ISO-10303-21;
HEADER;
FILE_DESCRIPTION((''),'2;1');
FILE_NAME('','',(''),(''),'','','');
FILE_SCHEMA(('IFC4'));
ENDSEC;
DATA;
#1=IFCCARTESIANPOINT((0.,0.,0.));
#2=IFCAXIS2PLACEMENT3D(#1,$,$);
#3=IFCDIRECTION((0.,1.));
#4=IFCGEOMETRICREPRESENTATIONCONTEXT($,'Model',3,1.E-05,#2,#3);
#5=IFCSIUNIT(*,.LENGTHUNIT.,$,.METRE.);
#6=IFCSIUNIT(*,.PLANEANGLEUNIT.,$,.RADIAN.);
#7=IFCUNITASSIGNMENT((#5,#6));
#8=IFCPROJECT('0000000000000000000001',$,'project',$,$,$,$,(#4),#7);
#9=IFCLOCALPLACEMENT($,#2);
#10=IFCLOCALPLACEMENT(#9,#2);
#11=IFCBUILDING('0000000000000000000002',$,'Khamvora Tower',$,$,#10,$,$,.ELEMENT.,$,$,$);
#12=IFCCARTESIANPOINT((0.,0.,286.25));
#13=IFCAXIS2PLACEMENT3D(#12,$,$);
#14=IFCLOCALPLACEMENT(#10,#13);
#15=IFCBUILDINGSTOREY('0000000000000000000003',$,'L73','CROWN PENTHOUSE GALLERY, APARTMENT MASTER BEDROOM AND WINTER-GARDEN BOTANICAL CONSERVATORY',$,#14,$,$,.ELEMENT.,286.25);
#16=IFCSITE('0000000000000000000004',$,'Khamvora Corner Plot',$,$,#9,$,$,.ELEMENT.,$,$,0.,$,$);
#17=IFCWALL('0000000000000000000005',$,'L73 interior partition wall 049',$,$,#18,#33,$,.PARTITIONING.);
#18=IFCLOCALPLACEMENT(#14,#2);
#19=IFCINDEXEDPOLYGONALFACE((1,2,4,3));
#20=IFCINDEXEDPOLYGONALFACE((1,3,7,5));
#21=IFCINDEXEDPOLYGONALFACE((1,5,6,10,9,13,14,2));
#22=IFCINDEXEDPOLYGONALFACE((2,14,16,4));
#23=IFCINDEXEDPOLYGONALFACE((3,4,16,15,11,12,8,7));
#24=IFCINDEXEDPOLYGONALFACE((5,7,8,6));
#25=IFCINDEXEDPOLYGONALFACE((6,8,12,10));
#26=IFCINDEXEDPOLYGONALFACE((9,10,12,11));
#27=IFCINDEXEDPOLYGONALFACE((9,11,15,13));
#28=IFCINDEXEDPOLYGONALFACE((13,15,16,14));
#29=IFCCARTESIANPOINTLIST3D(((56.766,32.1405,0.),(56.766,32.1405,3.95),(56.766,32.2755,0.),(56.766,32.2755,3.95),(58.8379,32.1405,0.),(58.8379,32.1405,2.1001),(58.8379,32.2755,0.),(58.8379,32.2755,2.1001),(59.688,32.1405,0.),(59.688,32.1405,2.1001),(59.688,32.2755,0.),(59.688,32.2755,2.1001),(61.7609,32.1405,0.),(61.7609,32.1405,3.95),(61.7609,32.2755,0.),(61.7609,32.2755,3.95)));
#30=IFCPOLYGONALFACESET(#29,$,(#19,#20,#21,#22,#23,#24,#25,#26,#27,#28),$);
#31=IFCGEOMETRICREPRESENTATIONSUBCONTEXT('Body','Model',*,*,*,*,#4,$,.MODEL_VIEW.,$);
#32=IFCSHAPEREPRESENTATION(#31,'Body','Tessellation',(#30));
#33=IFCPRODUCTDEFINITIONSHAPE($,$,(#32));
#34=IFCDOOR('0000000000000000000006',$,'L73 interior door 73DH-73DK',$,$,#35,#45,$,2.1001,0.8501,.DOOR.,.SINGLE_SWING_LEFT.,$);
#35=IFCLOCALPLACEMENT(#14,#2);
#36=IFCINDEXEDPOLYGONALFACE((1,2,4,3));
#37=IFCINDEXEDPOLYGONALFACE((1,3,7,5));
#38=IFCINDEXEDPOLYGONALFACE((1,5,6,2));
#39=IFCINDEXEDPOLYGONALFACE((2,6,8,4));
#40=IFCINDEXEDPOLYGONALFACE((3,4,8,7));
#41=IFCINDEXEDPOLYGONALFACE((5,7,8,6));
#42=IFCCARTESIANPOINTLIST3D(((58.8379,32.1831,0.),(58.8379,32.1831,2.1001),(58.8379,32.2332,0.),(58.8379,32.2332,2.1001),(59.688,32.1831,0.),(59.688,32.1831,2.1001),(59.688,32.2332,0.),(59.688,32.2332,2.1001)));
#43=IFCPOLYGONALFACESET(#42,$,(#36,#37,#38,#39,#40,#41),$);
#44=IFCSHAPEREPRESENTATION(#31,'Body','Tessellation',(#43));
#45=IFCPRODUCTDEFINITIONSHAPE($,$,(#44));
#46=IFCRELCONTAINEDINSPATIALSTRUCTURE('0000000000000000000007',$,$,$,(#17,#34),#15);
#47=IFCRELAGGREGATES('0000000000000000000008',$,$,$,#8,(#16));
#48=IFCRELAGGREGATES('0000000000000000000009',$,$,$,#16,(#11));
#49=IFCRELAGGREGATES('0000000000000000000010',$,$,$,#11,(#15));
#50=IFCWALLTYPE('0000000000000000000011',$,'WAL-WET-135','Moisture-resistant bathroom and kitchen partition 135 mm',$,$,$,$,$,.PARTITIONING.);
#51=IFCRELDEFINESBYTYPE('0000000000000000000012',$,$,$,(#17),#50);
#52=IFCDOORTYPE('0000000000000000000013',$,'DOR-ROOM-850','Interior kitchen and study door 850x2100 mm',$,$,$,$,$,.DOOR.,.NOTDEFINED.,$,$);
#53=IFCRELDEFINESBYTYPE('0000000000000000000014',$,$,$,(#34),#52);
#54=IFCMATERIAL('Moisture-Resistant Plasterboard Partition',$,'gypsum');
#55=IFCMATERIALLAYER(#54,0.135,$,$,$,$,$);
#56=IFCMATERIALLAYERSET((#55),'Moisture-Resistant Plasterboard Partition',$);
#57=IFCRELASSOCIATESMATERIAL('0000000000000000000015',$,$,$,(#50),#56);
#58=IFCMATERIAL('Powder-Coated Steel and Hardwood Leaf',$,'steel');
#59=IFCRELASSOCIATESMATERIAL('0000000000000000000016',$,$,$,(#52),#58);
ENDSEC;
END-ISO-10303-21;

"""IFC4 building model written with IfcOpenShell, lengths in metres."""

from ifc_helpers import new_model, si_unit, direction, frame, frame_2d, origin, place, context, subcontext, project, spatial, rectangle, extrude, material, layer, layer_set, type_object, element, fill, save


model = new_model("IFC4")

# Units and contexts
model_context = context("Model", 3, precision=1e-05, world=origin(), true_north=direction((0.0, 1.0)))
body_context = subcontext(model_context, "Body", "Model", "MODEL_VIEW")
ifc_project = project(units=[si_unit("LENGTHUNIT", "METRE"), si_unit("PLANEANGLEUNIT", "RADIAN")], contexts=[model_context])

# Site, building, storey
site_placement = place(None, origin())
site = spatial("IfcSite", under=ifc_project, at=site_placement, Name="Khamvora Corner Plot", CompositionType="ELEMENT", RefElevation=0.0)
building_placement = place(site_placement, origin())
building = spatial("IfcBuilding", under=site, at=building_placement, Name="Khamvora Tower", CompositionType="ELEMENT")
storey_placement = place(building_placement, frame((0.0, 0.0, 286.25)))
storey = spatial("IfcBuildingStorey", under=building, at=storey_placement, Name="L73", Description="CROWN PENTHOUSE GALLERY, APARTMENT MASTER BEDROOM AND WINTER-GARDEN BOTANICAL CONSERVATORY", CompositionType="ELEMENT", Elevation=286.25)

# Wall, opening, door
ifc_material_1 = material(Name="Powder-Coated Steel and Hardwood Leaf", Category="steel")
ifc_material_2 = material(Name="Moisture-Resistant Plasterboard Partition", Category="gypsum")
ifc_layer_1 = layer(ifc_material_2, 0.135)
ifc_layer_set_1 = layer_set([ifc_layer_1], Name="Moisture-Resistant Plasterboard Partition")
wall_type_1 = type_object("IfcWallType", Name="WAL-WET-135", Description="Moisture-resistant bathroom and kitchen partition 135 mm", PredefinedType="PARTITIONING", material=ifc_layer_set_1)
wall_1_placement = place(storey_placement, frame((61.761, 32.208, 0.0), z_axis=(0.0, 0.0, 1.0), x_axis=(-1.0, 0.0, 0.0)))
wall_1 = element("IfcWall", 1, at=wall_1_placement, inside=storey, type_object=wall_type_1, Name="L73 interior partition wall 049", PredefinedType="PARTITIONING", context=body_context, shape_type="SweptSolid", body=[
    extrude(rectangle(XDim=4.9949, YDim=0.135, at=frame_2d((2.4976, 0.0))), origin(), (0.0, 0.0, 1.0), 3.95),
])
opening_1_placement = place(wall_1_placement, frame((2.073, 0.0, 0.0)))
opening_1 = element("IfcOpeningElement", 2, at=opening_1_placement, cuts=wall_1, PredefinedType="OPENING", context=body_context, shape_type="SweptSolid", body=[
    extrude(rectangle(XDim=0.8501, YDim=2.1001, at=frame_2d((0.425, 1.05))), frame((0.0, 0.0774, 0.0), z_axis=(0.0, -1.0, 0.0), x_axis=(1.0, 0.0, 0.0)), (0.0, 0.0, 1.0), 0.155),
])
door_type_1 = type_object("IfcDoorType", Name="DOR-ROOM-850", Description="Interior kitchen and study door 850x2100 mm", OperationType="NOTDEFINED", PredefinedType="DOOR", material=ifc_material_1)
door_1_placement = place(opening_1_placement, origin())
door_1 = element("IfcDoor", 3, at=door_1_placement, inside=storey, type_object=door_type_1, Name="L73 interior door 73DH-73DK", OperationType="SINGLE_SWING_LEFT", OverallHeight=2.1001, OverallWidth=0.8501, PredefinedType="DOOR", context=body_context, shape_type="SweptSolid", body=[
    extrude(rectangle(XDim=0.8501, YDim=2.1001, at=frame_2d((0.425, 1.05))), frame((0.0, 0.0249, 0.0), z_axis=(0.0, -1.0, 0.0), x_axis=(1.0, 0.0, 0.0)), (0.0, 0.0, 1.0), 0.05),
])
fill(opening_1, door_1)

save(model, "model.ifc")
